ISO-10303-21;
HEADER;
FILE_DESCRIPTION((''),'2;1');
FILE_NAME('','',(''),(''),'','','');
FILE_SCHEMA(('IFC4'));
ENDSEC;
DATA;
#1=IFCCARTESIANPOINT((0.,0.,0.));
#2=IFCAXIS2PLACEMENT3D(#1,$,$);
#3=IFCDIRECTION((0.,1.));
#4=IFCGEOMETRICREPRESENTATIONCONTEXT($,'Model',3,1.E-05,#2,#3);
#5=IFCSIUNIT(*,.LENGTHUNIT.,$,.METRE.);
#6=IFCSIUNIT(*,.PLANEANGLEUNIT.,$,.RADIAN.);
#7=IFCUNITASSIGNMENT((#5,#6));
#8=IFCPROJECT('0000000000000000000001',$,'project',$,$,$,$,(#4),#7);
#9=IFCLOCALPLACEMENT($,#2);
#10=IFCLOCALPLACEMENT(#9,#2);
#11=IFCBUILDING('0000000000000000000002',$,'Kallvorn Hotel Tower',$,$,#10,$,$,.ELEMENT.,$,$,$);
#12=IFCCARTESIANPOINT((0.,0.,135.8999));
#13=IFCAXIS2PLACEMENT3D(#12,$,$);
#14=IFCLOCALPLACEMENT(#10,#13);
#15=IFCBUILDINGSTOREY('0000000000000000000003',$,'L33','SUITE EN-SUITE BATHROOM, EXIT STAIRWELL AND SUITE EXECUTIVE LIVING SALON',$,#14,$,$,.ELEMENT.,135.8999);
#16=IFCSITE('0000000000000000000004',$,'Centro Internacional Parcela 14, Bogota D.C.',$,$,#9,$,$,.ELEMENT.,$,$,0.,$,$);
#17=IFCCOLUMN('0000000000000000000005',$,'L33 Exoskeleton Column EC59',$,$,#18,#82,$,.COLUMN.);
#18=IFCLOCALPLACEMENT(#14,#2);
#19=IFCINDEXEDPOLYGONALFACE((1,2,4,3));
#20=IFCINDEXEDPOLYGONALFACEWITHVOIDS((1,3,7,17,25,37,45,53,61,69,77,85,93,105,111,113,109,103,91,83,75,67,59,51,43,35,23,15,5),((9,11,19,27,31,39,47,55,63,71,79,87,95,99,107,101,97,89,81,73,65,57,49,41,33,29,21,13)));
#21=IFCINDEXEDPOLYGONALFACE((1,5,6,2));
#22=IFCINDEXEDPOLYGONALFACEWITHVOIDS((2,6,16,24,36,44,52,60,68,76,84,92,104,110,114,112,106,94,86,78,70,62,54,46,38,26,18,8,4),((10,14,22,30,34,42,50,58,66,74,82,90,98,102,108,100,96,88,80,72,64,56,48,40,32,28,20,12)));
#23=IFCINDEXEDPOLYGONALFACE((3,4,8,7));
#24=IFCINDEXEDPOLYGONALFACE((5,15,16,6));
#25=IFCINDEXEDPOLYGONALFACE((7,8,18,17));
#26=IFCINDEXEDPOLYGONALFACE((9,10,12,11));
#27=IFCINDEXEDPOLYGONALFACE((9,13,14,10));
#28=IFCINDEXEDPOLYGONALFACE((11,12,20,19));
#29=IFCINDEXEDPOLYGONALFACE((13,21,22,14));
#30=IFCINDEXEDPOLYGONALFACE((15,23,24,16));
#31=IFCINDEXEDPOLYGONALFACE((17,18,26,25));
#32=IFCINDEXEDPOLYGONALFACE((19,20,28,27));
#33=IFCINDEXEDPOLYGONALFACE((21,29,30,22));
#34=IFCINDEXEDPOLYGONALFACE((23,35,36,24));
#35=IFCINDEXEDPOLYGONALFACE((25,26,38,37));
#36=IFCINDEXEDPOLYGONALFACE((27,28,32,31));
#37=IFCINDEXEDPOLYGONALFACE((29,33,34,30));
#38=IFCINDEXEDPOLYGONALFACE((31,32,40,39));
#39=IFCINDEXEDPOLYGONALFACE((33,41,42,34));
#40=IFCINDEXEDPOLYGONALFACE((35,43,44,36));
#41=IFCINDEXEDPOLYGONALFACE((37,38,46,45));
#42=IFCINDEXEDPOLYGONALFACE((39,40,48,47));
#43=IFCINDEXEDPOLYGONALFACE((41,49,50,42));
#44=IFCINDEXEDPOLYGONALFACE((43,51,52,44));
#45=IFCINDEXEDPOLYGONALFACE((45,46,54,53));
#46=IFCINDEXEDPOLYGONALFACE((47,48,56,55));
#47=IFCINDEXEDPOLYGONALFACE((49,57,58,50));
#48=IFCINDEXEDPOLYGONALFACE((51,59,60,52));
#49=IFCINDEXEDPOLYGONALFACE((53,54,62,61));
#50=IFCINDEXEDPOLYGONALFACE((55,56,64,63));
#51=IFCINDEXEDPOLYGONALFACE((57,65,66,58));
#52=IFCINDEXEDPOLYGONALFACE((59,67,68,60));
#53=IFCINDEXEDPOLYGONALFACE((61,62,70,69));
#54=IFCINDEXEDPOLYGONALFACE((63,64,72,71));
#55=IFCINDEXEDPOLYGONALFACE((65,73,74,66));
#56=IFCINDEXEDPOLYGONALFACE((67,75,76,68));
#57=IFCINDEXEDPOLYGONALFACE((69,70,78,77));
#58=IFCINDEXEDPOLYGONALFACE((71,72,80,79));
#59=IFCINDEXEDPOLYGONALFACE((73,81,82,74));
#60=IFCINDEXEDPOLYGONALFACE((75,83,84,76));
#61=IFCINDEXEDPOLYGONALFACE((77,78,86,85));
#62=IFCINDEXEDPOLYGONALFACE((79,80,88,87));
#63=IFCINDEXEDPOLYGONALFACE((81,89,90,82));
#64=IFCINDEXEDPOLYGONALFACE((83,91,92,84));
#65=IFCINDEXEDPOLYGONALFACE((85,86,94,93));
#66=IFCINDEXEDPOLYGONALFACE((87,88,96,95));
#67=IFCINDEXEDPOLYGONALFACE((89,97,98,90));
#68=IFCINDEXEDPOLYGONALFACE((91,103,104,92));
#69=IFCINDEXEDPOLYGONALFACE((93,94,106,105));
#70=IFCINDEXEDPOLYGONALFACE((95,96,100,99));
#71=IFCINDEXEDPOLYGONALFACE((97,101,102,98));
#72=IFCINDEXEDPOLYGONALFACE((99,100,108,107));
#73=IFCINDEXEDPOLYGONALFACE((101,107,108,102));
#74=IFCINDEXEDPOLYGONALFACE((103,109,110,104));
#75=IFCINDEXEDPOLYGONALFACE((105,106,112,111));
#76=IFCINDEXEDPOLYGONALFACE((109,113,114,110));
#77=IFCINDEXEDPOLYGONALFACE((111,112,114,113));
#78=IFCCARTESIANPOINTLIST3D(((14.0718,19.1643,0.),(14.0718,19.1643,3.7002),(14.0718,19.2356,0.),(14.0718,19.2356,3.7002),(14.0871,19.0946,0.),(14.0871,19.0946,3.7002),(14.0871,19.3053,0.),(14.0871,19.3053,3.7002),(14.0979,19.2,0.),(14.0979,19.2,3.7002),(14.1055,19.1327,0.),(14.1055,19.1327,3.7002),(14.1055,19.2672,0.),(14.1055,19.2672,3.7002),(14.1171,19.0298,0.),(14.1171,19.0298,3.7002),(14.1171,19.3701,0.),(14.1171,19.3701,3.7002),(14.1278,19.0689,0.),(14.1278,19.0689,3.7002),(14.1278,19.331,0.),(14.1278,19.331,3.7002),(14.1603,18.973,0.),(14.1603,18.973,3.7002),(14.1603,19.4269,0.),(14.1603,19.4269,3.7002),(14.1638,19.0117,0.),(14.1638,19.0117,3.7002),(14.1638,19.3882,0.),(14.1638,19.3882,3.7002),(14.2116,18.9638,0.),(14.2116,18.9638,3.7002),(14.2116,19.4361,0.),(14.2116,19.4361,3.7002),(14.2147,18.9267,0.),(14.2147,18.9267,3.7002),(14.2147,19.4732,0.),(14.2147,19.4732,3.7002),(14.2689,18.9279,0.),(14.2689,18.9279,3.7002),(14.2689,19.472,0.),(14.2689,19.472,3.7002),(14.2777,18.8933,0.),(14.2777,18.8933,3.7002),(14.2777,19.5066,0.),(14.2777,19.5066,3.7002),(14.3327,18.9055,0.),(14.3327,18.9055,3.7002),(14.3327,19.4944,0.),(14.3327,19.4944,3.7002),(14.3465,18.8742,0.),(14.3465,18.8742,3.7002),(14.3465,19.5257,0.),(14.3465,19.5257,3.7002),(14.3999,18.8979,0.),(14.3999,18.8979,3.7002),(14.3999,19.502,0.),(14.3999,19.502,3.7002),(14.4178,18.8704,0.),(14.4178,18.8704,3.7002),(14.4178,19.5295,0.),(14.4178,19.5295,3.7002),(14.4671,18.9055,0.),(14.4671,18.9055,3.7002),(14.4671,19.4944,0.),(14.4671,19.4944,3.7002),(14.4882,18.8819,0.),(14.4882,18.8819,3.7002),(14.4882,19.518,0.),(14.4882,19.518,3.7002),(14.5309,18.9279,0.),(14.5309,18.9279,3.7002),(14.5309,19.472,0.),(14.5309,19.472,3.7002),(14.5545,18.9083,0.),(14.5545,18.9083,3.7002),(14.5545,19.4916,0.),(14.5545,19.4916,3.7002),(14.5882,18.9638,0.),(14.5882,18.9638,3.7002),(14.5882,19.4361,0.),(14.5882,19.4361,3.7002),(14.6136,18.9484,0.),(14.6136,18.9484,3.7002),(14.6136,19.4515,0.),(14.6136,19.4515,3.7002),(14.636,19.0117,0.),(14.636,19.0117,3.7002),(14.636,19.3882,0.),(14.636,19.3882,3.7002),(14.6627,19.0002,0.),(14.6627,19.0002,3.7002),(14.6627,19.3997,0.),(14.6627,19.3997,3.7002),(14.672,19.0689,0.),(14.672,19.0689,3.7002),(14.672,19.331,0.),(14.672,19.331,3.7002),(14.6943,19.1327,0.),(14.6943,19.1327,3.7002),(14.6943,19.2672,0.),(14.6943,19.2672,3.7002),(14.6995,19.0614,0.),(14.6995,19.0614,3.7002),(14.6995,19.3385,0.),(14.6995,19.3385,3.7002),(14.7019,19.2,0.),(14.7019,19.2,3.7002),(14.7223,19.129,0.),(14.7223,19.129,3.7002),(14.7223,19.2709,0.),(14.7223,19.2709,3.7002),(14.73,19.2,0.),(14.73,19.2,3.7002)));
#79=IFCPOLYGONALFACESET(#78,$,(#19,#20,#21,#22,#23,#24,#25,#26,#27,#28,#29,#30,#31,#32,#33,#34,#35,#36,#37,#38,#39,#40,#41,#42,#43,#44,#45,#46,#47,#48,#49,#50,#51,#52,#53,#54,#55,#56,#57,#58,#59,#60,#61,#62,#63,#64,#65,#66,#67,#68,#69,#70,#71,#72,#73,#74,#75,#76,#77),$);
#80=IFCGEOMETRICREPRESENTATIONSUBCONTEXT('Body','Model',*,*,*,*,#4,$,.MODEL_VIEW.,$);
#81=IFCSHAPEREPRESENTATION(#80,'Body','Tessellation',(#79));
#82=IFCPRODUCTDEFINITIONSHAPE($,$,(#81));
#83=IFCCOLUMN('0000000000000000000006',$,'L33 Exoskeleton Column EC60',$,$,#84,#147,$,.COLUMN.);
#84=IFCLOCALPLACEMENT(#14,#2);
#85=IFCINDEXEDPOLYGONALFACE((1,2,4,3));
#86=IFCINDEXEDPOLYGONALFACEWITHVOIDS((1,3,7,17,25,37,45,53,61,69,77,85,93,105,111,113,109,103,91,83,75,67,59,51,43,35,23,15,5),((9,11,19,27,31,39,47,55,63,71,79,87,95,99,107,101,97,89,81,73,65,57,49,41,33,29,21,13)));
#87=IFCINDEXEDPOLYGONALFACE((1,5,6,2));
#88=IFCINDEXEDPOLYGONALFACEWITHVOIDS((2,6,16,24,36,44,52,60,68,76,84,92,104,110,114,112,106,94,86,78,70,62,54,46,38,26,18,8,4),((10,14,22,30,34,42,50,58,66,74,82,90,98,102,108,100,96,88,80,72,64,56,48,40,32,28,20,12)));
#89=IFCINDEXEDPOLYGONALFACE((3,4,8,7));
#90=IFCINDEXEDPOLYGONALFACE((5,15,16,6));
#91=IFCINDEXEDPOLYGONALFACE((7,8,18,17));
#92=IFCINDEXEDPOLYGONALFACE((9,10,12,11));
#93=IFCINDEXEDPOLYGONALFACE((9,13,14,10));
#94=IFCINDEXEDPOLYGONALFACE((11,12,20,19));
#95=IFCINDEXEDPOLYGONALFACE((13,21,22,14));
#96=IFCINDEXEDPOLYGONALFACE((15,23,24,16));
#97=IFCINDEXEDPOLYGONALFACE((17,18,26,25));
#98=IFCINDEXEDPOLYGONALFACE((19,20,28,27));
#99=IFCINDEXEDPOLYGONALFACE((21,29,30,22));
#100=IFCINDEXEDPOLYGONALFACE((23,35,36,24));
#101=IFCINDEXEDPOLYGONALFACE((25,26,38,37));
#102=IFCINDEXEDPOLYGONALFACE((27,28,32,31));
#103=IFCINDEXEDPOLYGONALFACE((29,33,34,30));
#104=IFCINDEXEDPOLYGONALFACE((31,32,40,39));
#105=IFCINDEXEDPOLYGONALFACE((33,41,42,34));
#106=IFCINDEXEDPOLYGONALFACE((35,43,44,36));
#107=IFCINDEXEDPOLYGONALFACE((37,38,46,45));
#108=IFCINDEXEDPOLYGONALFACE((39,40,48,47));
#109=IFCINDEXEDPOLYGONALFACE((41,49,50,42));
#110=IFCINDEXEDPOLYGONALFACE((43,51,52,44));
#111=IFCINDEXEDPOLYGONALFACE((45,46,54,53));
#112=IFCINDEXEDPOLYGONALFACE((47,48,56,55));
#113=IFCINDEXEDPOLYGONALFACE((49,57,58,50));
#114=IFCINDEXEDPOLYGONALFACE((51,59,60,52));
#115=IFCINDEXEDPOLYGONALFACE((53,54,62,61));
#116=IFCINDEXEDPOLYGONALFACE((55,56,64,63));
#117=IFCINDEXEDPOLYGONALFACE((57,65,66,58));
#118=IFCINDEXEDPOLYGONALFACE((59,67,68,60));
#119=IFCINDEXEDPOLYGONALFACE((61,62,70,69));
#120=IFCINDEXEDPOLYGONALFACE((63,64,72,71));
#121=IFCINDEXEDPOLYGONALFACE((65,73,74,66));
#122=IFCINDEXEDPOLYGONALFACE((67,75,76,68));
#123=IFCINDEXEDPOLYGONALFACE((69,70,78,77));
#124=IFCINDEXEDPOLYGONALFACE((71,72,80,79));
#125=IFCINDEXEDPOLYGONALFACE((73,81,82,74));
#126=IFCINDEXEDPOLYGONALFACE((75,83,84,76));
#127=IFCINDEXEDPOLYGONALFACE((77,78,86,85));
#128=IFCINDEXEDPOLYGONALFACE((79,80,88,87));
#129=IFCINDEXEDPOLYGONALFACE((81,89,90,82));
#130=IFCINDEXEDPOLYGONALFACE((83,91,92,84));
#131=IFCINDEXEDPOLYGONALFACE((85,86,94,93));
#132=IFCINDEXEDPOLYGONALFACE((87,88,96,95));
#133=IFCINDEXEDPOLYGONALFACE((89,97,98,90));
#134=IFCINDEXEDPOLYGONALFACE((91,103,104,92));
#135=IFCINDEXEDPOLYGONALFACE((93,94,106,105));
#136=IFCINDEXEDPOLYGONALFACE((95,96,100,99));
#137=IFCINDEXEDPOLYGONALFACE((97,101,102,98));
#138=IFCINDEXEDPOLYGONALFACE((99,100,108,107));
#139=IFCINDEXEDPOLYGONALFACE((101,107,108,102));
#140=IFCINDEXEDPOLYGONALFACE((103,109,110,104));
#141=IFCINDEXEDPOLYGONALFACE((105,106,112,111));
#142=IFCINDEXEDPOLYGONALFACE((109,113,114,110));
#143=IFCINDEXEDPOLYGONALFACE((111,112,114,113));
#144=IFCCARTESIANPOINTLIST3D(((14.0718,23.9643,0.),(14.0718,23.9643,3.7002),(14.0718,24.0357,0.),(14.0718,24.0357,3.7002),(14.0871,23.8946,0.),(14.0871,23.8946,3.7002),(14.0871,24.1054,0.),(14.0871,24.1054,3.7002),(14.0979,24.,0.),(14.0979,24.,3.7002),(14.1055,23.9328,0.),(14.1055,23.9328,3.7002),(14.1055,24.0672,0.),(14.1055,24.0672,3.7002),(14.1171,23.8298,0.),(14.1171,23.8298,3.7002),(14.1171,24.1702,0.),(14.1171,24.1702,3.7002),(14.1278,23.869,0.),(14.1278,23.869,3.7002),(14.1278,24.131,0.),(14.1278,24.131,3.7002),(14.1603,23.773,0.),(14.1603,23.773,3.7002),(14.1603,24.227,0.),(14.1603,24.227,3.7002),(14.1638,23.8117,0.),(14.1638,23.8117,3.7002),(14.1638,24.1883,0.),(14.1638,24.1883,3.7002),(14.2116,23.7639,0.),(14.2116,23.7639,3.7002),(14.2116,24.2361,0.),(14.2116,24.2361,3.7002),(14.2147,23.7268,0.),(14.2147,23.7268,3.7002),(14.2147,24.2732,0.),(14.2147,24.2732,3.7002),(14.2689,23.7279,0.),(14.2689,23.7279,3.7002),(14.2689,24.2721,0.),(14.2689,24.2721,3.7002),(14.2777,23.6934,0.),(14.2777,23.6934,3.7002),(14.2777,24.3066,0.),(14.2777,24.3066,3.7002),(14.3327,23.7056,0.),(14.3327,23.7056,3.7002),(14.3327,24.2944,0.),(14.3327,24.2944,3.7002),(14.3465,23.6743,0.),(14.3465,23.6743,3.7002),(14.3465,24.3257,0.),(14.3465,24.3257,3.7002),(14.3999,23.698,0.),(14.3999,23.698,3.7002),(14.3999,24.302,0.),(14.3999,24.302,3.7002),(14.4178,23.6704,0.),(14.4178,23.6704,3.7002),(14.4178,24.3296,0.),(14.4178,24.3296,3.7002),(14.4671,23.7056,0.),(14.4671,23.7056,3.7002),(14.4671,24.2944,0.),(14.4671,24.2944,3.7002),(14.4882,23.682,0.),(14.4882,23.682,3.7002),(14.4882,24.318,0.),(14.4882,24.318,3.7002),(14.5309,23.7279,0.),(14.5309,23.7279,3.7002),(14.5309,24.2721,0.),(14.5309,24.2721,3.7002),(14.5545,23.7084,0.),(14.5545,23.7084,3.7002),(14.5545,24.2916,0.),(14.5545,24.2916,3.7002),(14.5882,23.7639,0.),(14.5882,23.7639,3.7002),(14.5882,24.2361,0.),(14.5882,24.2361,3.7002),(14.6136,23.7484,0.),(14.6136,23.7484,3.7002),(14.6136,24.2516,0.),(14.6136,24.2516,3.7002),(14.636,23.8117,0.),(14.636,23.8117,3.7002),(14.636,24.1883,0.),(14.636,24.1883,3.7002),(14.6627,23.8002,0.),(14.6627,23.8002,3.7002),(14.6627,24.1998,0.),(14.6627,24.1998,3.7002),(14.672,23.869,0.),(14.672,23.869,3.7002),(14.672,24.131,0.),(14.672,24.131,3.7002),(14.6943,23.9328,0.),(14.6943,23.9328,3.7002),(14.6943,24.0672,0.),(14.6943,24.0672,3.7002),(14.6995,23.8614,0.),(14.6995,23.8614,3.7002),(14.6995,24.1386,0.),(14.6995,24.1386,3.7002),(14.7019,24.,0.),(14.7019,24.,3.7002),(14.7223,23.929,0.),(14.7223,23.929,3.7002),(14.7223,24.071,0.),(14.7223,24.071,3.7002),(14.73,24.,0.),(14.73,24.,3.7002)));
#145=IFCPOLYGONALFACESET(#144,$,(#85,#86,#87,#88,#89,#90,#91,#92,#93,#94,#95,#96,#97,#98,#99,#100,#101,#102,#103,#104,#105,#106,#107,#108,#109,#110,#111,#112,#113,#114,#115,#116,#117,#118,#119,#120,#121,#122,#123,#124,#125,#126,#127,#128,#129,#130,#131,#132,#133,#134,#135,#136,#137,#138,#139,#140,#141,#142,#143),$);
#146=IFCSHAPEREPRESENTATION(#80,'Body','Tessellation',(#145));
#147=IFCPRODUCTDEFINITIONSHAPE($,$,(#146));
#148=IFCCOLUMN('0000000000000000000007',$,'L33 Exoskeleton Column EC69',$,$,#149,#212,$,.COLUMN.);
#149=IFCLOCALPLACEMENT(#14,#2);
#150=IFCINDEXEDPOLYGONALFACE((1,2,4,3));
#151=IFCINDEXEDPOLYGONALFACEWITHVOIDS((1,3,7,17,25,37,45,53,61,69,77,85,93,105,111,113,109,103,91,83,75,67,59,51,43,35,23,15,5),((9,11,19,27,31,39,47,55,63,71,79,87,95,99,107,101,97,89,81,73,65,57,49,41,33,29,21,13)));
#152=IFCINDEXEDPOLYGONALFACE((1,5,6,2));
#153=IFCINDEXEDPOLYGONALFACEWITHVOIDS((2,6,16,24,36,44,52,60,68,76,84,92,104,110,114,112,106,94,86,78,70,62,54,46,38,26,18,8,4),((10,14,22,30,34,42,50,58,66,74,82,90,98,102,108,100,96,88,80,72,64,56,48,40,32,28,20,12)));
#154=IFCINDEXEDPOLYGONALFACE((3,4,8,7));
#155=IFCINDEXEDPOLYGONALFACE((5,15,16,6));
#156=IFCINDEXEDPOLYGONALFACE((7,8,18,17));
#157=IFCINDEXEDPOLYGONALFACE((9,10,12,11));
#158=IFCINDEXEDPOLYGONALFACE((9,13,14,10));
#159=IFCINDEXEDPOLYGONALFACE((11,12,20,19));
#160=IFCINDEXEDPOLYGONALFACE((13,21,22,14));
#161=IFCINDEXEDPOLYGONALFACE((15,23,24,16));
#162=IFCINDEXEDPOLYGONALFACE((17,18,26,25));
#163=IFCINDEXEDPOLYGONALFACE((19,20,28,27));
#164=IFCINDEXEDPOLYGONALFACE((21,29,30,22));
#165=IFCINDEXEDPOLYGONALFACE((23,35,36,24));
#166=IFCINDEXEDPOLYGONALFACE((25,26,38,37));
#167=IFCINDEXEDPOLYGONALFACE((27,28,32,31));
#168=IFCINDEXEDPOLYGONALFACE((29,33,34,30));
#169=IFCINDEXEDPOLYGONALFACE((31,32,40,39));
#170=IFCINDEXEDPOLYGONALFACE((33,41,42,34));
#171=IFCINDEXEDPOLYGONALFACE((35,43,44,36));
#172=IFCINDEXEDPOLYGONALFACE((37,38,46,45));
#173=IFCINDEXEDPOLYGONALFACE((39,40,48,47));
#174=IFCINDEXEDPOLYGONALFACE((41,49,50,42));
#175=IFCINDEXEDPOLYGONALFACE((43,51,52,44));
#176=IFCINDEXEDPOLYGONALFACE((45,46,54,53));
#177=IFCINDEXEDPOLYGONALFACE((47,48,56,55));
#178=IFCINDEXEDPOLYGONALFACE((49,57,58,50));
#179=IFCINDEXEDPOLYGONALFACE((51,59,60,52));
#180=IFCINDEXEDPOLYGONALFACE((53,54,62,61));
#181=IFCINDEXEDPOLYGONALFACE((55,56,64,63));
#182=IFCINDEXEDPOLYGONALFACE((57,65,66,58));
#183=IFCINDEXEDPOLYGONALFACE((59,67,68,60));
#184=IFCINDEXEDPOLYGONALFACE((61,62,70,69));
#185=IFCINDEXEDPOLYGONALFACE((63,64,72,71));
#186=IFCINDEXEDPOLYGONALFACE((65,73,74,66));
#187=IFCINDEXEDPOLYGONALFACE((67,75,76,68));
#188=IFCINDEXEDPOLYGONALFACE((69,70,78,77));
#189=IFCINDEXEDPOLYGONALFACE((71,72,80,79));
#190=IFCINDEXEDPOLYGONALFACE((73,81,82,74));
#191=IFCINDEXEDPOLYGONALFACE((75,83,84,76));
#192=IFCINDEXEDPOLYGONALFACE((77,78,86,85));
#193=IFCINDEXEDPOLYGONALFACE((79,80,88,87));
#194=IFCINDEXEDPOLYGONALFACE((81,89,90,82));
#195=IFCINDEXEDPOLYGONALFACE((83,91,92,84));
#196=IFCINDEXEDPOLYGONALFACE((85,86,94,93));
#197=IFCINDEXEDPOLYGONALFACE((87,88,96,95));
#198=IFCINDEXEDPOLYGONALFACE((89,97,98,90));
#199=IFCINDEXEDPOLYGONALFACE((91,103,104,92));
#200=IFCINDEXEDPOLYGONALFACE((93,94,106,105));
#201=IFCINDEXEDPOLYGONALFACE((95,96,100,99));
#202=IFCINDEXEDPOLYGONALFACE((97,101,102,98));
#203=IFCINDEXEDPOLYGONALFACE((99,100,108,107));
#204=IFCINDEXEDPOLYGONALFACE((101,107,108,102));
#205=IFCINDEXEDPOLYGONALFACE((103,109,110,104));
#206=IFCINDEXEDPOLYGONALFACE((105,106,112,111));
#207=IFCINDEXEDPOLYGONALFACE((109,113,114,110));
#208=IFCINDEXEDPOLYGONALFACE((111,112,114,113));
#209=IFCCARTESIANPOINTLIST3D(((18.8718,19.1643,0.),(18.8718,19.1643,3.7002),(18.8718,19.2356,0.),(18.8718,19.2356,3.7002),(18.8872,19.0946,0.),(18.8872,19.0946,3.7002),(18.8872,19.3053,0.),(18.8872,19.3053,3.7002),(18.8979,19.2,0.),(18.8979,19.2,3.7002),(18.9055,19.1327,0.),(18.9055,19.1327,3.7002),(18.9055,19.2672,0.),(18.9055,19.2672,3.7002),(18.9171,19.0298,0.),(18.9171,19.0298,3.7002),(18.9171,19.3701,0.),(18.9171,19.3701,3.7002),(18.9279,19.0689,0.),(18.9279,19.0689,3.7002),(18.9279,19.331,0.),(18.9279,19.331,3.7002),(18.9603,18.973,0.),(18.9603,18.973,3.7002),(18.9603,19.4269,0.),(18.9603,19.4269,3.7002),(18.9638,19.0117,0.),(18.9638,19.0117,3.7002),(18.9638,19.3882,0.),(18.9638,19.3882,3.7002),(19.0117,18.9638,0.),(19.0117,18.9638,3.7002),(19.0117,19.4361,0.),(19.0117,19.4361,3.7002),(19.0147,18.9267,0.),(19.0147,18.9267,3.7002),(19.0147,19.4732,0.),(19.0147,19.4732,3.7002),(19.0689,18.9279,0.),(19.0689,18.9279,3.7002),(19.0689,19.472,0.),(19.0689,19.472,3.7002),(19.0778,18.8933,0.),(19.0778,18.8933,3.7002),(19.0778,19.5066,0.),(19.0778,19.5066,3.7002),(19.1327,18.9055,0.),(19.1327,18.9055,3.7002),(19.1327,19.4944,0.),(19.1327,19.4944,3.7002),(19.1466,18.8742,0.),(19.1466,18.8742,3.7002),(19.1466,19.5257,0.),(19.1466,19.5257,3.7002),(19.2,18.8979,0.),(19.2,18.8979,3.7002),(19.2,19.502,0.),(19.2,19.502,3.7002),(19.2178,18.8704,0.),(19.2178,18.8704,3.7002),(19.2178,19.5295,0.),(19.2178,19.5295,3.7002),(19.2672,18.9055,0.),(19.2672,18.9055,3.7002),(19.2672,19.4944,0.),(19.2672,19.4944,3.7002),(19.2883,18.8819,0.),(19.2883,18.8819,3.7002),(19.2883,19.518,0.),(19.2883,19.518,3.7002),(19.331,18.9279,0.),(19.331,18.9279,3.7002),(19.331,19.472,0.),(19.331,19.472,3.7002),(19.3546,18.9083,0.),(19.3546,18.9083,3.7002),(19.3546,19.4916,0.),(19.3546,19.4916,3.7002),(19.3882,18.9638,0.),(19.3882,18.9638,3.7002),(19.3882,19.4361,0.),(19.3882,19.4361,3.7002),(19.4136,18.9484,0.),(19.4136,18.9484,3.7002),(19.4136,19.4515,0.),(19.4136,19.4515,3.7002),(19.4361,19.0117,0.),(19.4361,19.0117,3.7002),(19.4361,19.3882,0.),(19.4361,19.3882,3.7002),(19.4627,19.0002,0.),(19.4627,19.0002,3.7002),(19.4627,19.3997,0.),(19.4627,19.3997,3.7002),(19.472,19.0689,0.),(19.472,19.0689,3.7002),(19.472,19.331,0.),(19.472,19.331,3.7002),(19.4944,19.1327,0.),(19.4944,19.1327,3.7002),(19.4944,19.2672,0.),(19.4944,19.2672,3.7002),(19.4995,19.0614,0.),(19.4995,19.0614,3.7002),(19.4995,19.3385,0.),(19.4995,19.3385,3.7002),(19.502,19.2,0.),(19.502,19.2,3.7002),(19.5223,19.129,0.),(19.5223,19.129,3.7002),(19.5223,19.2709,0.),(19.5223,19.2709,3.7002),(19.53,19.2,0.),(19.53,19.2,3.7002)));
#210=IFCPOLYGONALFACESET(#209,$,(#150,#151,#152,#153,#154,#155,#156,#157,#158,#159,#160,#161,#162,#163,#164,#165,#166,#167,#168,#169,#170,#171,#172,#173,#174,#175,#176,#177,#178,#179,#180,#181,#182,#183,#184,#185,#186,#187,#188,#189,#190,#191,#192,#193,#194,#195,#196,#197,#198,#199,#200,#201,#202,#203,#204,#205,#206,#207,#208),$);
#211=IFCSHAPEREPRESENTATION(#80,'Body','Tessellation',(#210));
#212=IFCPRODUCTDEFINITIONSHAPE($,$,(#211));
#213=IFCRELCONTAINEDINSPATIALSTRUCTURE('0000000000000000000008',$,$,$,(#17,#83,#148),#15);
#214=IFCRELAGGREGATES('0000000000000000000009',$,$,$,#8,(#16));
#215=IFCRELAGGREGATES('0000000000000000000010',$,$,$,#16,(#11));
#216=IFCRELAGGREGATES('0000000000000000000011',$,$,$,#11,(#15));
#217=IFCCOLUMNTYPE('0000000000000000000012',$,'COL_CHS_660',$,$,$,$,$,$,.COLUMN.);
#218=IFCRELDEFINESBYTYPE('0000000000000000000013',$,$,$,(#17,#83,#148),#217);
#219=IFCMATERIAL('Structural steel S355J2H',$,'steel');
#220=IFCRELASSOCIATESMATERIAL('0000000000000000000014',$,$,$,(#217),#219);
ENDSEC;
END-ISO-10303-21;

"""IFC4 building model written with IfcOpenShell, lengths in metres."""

from ifc_helpers import new_model, si_unit, direction, frame, origin, origin_2d, place, context, subcontext, project, spatial, hollow_circle, extrude, material, material_profile, profile_set, type_object, element, save


model = new_model("IFC4")

# Units and contexts
model_context = context("Model", 3, precision=1e-05, world=origin(), true_north=direction((0.0, 1.0)))
body_context = subcontext(model_context, "Body", "Model", "MODEL_VIEW")
ifc_project = project(units=[si_unit("LENGTHUNIT", "METRE"), si_unit("PLANEANGLEUNIT", "RADIAN")], contexts=[model_context])

# Site, building, storey
site_placement = place(None, origin())
site = spatial("IfcSite", under=ifc_project, at=site_placement, Name="Centro Internacional Parcela 14, Bogota D.C.", CompositionType="ELEMENT", RefElevation=0.0)
building_placement = place(site_placement, origin())
building = spatial("IfcBuilding", under=site, at=building_placement, Name="Kallvorn Hotel Tower", CompositionType="ELEMENT")
storey_placement = place(building_placement, frame((0.0, 0.0, 135.8999)))
storey = spatial("IfcBuildingStorey", under=building, at=storey_placement, Name="L33", Description="SUITE EN-SUITE BATHROOM, EXIT STAIRWELL AND SUITE EXECUTIVE LIVING SALON", CompositionType="ELEMENT", Elevation=135.8999)

# Columns
ifc_material_1 = material(Name="Structural steel S355J2H", Category="steel")
ifc_material_profile_1 = material_profile(ifc_material_1, hollow_circle(Radius=0.3301, WallThickness=0.0281, at=origin_2d()), Name="CHS 660x28")
ifc_profile_set_1 = profile_set([ifc_material_profile_1], Name="Structural steel S355J2H")
column_type = type_object("IfcColumnType", Name="COL_CHS_660", PredefinedType="COLUMN", material=ifc_profile_set_1)
for number, where, z_axis, x_axis, name in (
    (1, (14.3999, 19.2, 0.0), (0.0, 0.0, 1.0), (1.0, 0.0, 0.0), "L33 Exoskeleton Column EC59"),
    (2, (14.3999, 24.0, 0.0), (0.0, 0.0, 1.0), (1.0, 0.0, 0.0), "L33 Exoskeleton Column EC60"),
    (3, (19.2, 19.2, 0.0), (0.0, 0.0, 1.0), (1.0, 0.0, 0.0), "L33 Exoskeleton Column EC69"),
):
    element("IfcColumn", number, at=place(storey_placement, frame(where, z_axis=z_axis, x_axis=x_axis)), inside=storey, type_object=column_type, Name=name, PredefinedType="COLUMN", context=body_context, shape_type="SweptSolid", body=[
        extrude(hollow_circle(Radius=0.3301, WallThickness=0.0281, at=origin_2d()), origin(), (0.0, 0.0, 1.0), 3.7002),
    ])

save(model, "model.ifc")
